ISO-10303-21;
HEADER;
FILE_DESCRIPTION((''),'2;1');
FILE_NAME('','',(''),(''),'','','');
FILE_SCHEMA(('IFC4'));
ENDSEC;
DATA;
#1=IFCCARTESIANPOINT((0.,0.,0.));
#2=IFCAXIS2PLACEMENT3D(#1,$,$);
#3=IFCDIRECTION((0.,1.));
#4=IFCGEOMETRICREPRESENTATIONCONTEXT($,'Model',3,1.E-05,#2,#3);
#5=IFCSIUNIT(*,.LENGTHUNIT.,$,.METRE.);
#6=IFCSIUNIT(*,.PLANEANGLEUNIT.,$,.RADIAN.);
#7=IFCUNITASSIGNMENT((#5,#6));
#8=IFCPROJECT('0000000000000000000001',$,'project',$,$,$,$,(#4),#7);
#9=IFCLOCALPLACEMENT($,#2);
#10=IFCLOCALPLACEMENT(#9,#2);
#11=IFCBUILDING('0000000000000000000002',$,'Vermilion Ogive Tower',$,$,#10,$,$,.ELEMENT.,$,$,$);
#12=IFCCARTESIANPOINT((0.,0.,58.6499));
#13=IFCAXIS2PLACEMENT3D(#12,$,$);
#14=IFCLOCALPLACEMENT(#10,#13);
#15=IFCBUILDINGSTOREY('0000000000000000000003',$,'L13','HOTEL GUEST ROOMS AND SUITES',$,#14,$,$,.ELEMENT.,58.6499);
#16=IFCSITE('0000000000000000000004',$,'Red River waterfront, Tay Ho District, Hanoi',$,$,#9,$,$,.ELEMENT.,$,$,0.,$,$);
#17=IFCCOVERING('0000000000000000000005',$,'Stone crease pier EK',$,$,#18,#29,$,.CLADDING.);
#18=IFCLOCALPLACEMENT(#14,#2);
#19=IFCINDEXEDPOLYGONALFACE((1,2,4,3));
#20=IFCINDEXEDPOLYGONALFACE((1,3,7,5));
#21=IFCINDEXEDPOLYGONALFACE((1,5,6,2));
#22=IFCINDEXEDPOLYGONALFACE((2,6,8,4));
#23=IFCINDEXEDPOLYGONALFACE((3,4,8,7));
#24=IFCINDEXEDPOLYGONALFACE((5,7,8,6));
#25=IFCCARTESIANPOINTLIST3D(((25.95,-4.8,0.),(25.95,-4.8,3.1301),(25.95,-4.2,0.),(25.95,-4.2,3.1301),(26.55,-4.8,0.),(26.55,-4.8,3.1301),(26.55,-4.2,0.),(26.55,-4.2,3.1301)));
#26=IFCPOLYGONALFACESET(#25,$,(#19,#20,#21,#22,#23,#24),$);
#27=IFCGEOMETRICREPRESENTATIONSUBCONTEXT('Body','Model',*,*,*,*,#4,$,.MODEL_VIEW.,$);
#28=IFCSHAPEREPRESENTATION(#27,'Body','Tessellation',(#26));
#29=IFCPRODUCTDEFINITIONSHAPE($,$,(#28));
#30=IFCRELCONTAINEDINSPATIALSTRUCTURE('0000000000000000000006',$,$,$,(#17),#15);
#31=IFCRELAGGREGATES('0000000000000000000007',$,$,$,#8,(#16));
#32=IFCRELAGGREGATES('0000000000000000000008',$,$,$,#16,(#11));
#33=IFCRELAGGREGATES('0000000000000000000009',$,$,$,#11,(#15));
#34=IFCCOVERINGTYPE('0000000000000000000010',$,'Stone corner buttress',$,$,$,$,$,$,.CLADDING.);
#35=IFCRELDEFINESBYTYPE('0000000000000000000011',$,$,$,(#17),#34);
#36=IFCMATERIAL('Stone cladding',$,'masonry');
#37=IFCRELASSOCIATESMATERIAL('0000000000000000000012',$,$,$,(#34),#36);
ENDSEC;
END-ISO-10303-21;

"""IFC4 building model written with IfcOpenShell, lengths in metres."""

from ifc_helpers import new_model, si_unit, direction, frame, origin, place, context, subcontext, project, spatial, polyline, outline, extrude, material, type_object, element, save


model = new_model("IFC4")

# Units and contexts
model_context = context("Model", 3, precision=1e-05, world=origin(), true_north=direction((0.0, 1.0)))
body_context = subcontext(model_context, "Body", "Model", "MODEL_VIEW")
ifc_project = project(units=[si_unit("LENGTHUNIT", "METRE"), si_unit("PLANEANGLEUNIT", "RADIAN")], contexts=[model_context])

# Site, building, storey
site_placement = place(None, origin())
site = spatial("IfcSite", under=ifc_project, at=site_placement, Name="Red River waterfront, Tay Ho District, Hanoi", CompositionType="ELEMENT", RefElevation=0.0)
building_placement = place(site_placement, origin())
building = spatial("IfcBuilding", under=site, at=building_placement, Name="Vermilion Ogive Tower", CompositionType="ELEMENT")
storey_placement = place(building_placement, frame((0.0, 0.0, 58.6499)))
storey = spatial("IfcBuildingStorey", under=building, at=storey_placement, Name="L13", Description="HOTEL GUEST ROOMS AND SUITES", CompositionType="ELEMENT", Elevation=58.6499)

# Covering
ifc_material_1 = material(Name="Stone cladding", Category="masonry")
covering_type = type_object("IfcCoveringType", Name="Stone corner buttress", PredefinedType="CLADDING", material=ifc_material_1)
covering_1_placement = place(storey_placement, origin())
element("IfcCovering", 1, at=covering_1_placement, inside=storey, type_object=covering_type, Name="Stone crease pier EK", PredefinedType="CLADDING", context=body_context, shape_type="SweptSolid", body=[
    extrude(outline(polyline([(26.55, -4.8), (26.55, -4.2), (25.95, -4.2), (25.95, -4.8), (26.55, -4.8)])), origin(), (0.0, 0.0, 1.0), 3.1301),
])

save(model, "model.ifc")
